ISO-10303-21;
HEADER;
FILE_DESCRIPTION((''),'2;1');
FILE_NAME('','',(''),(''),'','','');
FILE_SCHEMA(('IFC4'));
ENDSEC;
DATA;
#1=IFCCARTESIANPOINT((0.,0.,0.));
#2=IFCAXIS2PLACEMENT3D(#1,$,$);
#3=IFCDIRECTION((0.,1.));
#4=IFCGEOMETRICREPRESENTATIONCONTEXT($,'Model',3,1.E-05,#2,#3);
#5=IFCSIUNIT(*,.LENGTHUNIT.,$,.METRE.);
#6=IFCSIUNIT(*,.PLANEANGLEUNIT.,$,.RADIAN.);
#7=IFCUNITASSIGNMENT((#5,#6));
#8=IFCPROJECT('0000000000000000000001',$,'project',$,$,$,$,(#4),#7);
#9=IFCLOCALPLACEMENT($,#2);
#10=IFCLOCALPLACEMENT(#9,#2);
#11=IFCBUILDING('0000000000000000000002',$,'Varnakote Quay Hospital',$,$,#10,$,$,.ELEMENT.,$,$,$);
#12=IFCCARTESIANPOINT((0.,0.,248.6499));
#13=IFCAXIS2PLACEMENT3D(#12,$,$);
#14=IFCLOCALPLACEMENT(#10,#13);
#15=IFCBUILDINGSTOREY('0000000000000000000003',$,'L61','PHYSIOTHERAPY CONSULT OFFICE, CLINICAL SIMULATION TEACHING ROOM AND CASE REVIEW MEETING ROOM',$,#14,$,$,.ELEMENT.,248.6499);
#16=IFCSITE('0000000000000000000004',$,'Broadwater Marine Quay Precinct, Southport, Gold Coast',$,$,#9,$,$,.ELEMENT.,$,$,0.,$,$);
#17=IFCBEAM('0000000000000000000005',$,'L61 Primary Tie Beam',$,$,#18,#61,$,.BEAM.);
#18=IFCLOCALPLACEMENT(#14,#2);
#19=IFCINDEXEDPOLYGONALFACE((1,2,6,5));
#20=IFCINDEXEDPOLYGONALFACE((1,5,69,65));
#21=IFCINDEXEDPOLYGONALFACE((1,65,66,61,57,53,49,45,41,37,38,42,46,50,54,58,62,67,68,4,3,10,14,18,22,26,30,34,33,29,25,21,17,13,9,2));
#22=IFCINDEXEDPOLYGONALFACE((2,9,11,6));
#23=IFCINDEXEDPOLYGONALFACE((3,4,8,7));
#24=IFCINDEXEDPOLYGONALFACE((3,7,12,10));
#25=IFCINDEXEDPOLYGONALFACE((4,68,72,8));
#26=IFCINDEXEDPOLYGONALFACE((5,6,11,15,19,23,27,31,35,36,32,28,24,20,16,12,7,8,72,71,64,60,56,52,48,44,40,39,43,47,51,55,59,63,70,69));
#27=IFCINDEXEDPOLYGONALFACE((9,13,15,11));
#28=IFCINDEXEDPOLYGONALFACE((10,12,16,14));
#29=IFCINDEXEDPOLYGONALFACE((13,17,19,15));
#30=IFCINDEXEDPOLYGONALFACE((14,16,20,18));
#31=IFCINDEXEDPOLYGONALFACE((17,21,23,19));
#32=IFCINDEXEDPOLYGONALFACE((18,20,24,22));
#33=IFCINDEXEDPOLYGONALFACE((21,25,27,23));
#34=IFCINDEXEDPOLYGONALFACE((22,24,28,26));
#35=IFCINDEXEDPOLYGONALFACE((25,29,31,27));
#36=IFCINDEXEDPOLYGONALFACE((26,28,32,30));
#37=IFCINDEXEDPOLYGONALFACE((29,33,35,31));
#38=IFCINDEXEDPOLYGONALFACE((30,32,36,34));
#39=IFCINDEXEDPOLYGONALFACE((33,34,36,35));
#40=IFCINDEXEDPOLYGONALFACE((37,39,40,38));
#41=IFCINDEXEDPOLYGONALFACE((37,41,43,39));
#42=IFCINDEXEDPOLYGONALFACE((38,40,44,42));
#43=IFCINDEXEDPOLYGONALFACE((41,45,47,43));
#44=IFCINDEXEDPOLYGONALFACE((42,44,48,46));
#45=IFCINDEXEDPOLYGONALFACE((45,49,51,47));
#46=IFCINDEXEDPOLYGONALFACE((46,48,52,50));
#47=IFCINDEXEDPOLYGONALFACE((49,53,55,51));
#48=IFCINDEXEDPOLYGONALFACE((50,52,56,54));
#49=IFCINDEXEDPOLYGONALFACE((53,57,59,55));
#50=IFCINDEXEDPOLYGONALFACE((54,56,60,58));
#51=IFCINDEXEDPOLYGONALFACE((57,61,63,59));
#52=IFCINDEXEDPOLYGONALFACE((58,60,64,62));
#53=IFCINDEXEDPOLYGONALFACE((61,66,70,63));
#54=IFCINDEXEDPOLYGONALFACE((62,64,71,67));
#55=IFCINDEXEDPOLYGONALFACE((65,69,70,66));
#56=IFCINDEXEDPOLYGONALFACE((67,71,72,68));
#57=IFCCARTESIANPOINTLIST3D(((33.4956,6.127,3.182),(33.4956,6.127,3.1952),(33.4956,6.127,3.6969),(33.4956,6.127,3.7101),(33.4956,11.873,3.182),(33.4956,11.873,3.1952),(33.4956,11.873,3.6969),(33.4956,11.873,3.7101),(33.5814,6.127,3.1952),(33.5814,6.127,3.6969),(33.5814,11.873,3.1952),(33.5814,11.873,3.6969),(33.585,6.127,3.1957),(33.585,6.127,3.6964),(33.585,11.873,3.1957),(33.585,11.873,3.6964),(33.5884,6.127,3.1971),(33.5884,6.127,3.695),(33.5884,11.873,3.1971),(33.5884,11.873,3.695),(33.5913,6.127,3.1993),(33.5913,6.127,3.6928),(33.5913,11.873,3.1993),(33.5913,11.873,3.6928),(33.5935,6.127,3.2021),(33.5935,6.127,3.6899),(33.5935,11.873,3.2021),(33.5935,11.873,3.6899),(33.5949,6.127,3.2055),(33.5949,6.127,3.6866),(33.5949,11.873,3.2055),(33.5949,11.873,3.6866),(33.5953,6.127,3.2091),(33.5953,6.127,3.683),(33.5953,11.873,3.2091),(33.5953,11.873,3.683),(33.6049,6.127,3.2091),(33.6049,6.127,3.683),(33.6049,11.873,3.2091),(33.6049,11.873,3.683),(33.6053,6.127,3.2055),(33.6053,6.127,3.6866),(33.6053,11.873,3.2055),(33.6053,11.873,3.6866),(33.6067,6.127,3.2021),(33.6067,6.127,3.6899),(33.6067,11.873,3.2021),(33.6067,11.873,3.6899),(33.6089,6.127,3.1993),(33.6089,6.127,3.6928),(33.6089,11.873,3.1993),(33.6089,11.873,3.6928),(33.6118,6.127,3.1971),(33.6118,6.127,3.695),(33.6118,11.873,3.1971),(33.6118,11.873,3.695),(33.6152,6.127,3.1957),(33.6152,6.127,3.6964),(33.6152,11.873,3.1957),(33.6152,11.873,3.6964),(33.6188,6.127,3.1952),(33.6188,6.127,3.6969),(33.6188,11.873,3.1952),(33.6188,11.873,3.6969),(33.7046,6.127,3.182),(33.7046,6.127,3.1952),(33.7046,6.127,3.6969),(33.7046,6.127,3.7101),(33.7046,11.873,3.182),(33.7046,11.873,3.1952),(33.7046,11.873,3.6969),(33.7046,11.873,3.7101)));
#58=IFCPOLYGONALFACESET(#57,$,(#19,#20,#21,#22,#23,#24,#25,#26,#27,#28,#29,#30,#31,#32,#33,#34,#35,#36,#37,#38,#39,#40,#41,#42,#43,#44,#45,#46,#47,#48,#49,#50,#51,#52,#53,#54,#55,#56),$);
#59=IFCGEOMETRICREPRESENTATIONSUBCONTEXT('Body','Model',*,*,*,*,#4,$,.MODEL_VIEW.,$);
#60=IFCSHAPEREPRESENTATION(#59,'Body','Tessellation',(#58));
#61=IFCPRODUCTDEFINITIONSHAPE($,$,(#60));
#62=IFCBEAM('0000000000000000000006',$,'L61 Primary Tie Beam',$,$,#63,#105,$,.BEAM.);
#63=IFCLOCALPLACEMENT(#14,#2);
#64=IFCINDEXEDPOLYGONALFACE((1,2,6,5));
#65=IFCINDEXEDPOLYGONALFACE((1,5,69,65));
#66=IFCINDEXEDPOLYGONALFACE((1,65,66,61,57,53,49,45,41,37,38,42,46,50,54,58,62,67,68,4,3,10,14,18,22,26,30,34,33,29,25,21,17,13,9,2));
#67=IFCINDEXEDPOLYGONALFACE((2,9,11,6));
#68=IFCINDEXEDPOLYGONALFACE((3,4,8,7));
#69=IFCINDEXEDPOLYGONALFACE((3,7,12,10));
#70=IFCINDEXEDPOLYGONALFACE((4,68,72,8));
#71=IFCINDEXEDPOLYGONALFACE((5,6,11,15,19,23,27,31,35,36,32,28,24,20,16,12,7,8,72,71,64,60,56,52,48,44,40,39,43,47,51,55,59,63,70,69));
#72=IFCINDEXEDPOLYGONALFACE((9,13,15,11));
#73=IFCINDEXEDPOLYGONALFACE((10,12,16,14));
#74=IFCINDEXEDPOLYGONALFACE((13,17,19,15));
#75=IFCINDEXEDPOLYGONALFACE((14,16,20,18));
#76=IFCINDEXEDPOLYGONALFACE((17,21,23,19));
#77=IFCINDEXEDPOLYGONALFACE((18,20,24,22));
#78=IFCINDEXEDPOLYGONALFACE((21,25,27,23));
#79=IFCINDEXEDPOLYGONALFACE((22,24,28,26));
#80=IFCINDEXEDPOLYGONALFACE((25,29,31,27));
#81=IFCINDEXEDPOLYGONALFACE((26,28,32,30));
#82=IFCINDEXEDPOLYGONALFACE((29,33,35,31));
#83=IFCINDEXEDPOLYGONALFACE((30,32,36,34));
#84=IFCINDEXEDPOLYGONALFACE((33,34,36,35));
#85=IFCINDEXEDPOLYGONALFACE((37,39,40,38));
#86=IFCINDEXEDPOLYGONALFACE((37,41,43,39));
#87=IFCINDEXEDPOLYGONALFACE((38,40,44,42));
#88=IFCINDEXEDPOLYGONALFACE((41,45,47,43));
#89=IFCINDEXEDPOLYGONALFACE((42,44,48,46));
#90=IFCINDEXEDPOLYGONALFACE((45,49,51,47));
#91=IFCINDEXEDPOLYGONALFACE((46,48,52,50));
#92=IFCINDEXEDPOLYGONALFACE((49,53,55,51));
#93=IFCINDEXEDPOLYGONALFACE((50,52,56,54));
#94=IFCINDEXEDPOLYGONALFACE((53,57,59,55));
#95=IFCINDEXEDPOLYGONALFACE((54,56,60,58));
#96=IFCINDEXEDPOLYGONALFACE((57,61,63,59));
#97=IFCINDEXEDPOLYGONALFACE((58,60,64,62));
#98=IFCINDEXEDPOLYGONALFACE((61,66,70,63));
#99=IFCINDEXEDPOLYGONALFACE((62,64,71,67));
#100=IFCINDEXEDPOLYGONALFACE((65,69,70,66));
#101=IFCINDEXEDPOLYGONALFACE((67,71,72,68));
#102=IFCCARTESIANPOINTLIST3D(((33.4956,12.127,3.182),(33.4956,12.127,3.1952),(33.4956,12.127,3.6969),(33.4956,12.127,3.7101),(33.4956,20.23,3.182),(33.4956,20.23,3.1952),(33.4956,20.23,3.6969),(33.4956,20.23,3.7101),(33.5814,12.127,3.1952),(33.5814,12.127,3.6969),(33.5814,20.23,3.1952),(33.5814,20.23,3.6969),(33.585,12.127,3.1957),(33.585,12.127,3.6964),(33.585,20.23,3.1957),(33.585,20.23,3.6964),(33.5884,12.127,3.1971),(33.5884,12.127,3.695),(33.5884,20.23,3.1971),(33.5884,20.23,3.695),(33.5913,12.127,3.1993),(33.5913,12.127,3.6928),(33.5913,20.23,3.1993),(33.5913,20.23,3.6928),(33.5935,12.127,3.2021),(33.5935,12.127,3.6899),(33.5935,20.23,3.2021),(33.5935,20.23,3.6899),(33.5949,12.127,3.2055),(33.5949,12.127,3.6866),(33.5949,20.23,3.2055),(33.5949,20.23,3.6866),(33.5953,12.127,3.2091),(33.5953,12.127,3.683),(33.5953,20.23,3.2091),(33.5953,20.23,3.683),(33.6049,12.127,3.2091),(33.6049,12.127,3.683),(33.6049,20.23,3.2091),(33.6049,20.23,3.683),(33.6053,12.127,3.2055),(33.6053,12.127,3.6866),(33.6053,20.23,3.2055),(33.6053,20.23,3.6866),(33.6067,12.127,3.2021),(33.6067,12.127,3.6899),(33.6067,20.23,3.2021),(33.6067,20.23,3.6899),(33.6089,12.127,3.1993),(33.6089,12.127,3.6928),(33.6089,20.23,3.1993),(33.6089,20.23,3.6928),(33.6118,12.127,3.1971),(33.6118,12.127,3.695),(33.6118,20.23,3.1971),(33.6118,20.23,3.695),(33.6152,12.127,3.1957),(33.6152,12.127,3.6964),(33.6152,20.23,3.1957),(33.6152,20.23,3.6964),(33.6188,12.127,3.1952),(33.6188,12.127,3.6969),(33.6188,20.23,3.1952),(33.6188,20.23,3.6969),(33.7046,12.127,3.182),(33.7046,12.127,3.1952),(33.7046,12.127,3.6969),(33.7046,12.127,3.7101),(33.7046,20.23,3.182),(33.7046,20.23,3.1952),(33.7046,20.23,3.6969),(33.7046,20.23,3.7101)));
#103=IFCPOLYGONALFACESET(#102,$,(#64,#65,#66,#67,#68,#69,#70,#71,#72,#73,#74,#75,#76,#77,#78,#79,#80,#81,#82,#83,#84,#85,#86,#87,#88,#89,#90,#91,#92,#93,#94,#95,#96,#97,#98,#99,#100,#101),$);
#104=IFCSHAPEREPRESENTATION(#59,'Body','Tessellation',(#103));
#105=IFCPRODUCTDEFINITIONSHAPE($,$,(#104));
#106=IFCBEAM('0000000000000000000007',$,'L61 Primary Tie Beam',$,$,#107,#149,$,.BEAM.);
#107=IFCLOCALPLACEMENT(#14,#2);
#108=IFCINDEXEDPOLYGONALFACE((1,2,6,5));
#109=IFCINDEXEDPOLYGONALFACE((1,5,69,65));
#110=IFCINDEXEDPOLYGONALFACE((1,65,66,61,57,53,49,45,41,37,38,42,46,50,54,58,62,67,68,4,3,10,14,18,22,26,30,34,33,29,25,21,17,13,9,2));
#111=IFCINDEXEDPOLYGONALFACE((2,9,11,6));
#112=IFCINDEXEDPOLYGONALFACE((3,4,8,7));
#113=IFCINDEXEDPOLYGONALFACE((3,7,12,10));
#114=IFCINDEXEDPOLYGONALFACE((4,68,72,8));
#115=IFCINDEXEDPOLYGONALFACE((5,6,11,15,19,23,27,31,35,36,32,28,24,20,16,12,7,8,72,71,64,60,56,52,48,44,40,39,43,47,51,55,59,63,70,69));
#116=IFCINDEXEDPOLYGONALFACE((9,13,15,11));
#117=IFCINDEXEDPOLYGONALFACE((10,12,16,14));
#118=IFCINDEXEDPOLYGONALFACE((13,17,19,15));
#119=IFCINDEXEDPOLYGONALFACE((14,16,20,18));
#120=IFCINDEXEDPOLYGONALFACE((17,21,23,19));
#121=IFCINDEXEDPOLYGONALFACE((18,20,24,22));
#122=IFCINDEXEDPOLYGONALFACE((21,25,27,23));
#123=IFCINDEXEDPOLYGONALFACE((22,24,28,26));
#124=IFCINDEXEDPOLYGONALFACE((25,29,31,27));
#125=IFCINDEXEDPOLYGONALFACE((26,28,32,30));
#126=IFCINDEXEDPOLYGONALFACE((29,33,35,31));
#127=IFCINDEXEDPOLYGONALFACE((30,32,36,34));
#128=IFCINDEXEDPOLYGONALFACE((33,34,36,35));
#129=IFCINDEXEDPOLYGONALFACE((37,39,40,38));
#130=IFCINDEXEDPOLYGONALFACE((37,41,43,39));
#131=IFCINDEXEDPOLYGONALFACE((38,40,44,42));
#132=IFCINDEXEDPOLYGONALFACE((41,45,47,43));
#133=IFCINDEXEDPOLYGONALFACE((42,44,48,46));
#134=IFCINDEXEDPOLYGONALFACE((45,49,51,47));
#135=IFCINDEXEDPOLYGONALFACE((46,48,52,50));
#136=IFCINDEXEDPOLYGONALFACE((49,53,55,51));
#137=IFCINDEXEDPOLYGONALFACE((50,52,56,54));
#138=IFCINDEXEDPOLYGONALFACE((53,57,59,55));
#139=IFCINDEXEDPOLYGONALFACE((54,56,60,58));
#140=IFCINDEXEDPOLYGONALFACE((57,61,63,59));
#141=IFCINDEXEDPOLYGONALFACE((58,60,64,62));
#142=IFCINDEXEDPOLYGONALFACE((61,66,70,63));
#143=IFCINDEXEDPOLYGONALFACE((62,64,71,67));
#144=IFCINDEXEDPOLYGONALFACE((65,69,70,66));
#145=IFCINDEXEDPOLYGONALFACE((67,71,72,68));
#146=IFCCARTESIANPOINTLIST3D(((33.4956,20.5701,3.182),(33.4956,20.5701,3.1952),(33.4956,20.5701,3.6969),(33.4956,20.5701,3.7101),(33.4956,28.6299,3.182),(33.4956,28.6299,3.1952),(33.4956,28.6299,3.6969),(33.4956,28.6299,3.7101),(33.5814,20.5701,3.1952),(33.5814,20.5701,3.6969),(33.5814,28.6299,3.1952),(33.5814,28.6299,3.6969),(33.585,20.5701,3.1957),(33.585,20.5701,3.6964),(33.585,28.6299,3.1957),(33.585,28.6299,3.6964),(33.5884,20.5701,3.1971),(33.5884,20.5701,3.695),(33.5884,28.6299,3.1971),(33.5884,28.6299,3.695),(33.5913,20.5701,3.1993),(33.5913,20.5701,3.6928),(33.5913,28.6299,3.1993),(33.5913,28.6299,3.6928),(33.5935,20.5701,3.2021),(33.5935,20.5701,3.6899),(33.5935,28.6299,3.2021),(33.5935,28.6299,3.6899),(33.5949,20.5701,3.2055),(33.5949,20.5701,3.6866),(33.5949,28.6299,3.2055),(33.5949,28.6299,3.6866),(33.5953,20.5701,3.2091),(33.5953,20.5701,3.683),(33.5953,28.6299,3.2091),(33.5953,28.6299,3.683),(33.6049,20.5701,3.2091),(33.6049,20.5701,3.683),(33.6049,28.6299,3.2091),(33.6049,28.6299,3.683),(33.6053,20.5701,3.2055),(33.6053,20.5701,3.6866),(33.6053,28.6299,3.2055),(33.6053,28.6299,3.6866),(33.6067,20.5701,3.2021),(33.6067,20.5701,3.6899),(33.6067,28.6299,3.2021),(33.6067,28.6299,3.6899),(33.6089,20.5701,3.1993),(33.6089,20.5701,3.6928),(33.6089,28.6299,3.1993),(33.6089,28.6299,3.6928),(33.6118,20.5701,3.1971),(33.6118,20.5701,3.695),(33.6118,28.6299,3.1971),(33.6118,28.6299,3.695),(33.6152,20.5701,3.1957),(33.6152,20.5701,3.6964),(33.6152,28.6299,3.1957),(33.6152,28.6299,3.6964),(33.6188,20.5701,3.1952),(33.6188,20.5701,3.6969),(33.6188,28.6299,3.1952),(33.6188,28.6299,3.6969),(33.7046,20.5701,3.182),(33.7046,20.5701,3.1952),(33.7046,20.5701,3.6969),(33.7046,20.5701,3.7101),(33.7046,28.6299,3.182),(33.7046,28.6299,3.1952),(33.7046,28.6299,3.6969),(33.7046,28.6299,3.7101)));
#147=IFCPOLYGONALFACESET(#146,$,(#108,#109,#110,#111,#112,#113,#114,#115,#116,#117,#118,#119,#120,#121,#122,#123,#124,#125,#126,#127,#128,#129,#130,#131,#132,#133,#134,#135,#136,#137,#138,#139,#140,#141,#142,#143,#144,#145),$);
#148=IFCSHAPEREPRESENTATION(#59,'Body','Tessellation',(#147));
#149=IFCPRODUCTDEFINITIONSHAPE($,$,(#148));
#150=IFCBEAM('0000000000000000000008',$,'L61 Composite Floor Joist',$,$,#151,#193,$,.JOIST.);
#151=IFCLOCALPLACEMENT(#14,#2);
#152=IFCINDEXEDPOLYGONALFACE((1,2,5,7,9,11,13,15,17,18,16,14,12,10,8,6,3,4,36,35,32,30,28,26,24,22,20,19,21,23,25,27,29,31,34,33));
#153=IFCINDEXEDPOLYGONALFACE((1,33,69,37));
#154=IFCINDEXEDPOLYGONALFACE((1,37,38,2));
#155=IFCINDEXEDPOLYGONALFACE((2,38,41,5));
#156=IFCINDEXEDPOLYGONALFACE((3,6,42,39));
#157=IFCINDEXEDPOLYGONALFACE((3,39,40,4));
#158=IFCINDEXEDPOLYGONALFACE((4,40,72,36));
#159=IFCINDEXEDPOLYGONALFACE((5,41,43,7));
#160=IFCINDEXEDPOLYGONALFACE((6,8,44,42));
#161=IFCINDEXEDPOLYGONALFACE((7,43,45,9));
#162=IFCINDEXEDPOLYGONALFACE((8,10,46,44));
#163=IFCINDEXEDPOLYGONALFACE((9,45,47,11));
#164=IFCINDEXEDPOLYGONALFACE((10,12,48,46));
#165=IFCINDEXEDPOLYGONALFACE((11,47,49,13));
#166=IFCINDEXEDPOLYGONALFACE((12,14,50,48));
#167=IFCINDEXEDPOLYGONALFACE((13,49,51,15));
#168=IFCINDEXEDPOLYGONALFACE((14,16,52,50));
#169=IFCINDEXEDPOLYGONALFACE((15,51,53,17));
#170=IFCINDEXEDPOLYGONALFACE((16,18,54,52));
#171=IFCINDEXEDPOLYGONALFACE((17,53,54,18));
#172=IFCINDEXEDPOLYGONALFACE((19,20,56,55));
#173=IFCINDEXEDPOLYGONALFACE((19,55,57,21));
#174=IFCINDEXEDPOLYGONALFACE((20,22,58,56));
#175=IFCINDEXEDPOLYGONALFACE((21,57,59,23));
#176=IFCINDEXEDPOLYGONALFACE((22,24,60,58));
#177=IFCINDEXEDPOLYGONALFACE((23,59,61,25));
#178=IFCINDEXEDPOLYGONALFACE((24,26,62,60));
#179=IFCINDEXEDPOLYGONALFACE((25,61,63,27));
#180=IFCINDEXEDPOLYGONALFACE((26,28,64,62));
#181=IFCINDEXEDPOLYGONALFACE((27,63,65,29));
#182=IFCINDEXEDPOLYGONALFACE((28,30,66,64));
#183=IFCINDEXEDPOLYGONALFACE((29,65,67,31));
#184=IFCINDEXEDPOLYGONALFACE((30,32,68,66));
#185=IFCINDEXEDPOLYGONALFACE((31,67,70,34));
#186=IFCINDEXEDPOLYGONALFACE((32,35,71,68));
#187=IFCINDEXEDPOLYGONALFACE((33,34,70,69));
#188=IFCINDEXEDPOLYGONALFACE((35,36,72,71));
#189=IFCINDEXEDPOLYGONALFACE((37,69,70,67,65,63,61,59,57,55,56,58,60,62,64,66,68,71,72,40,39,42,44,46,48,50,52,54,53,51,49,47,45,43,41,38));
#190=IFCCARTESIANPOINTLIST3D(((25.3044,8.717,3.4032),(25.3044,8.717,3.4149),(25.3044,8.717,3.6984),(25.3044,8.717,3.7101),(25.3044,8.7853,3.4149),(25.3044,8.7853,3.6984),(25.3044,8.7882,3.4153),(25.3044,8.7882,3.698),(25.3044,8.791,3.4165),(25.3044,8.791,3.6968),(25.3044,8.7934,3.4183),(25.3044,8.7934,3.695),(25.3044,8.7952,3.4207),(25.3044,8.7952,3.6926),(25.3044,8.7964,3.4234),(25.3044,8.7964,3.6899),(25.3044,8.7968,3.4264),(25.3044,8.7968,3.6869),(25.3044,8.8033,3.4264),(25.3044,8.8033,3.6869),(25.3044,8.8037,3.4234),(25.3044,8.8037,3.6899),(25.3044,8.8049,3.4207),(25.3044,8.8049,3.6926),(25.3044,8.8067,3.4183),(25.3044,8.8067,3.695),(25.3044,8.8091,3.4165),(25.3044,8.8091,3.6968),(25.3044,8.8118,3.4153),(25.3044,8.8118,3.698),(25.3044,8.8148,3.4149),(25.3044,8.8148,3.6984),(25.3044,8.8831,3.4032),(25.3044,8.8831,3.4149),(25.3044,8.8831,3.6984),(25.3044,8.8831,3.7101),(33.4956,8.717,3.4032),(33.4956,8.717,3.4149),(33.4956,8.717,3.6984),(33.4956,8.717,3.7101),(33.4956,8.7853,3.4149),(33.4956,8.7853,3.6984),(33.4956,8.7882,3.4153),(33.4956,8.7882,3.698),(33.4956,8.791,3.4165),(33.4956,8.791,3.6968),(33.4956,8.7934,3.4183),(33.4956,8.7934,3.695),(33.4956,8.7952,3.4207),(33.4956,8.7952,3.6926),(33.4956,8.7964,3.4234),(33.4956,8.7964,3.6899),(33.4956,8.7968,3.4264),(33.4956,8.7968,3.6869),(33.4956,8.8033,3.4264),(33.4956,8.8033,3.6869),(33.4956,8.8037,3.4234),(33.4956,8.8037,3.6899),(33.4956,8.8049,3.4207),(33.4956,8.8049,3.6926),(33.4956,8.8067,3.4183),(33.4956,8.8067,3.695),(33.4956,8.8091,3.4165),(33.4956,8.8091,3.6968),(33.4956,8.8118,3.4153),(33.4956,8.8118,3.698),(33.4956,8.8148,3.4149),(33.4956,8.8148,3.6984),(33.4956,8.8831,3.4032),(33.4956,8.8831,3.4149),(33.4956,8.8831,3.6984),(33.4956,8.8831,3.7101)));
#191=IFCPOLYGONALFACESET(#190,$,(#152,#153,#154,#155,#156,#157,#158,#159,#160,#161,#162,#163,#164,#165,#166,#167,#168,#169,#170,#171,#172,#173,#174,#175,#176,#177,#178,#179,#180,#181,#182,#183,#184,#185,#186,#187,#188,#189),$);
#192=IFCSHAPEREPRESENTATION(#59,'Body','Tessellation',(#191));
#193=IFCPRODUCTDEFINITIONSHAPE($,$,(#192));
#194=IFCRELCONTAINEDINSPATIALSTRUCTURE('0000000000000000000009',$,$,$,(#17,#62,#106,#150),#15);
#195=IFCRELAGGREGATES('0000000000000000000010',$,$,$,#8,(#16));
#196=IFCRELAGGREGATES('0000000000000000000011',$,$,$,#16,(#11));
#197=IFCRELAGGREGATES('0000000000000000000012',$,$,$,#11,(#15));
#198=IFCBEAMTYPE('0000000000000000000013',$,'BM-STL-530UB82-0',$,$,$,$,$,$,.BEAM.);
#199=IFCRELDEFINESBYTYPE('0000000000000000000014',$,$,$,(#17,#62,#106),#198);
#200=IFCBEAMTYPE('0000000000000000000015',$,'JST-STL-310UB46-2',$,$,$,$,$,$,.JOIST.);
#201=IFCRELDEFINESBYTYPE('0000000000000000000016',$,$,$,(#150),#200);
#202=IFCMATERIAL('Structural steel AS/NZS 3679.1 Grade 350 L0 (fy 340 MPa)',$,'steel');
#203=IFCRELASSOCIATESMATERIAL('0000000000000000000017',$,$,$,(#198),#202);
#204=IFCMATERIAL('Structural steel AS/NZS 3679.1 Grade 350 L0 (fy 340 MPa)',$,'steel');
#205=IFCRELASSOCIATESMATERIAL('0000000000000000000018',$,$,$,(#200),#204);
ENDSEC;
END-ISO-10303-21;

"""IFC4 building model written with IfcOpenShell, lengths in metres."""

from ifc_helpers import new_model, si_unit, direction, frame, origin, origin_2d, place, context, subcontext, project, spatial, i_section, extrude, material, material_profile, profile_set, type_object, element, save


model = new_model("IFC4")

# Units and contexts
model_context = context("Model", 3, precision=1e-05, world=origin(), true_north=direction((0.0, 1.0)))
body_context = subcontext(model_context, "Body", "Model", "MODEL_VIEW")
ifc_project = project(units=[si_unit("LENGTHUNIT", "METRE"), si_unit("PLANEANGLEUNIT", "RADIAN")], contexts=[model_context])

# Site, building, storey
site_placement = place(None, origin())
site = spatial("IfcSite", under=ifc_project, at=site_placement, Name="Broadwater Marine Quay Precinct, Southport, Gold Coast", CompositionType="ELEMENT", RefElevation=0.0)
building_placement = place(site_placement, origin())
building = spatial("IfcBuilding", under=site, at=building_placement, Name="Varnakote Quay Hospital", CompositionType="ELEMENT")
storey_placement = place(building_placement, frame((0.0, 0.0, 248.6499)))
storey = spatial("IfcBuildingStorey", under=building, at=storey_placement, Name="L61", Description="PHYSIOTHERAPY CONSULT OFFICE, CLINICAL SIMULATION TEACHING ROOM AND CASE REVIEW MEETING ROOM", CompositionType="ELEMENT", Elevation=248.6499)

# Beams
ifc_material_1 = material(Name="Structural steel AS/NZS 3679.1 Grade 350 L0 (fy 340 MPa)", Category="steel")
ifc_material_profile_1 = material_profile(ifc_material_1, i_section(OverallWidth=0.209, OverallDepth=0.5281, WebThickness=0.0095, FlangeThickness=0.0132, FilletRadius=0.0139, at=origin_2d()), Name="530UB82.0")
ifc_profile_set_1 = profile_set([ifc_material_profile_1], Name="Structural steel AS/NZS 3679.1 Grade 350 L0 (fy 340 MPa)")
beam_type_1 = type_object("IfcBeamType", Name="BM-STL-530UB82-0", PredefinedType="BEAM", material=ifc_profile_set_1)
beam_1_placement = place(storey_placement, frame((33.6001, 6.127, 3.446), z_axis=(0.0, 1.0, 0.0), x_axis=(-1.0, 0.0, 0.0)))
element("IfcBeam", 1, at=beam_1_placement, inside=storey, type_object=beam_type_1, Name="L61 Primary Tie Beam", PredefinedType="BEAM", context=body_context, shape_type="SweptSolid", body=[
    extrude(i_section(OverallWidth=0.209, OverallDepth=0.5281, WebThickness=0.0095, FlangeThickness=0.0132, FilletRadius=0.0139, at=origin_2d()), origin(), (0.0, 0.0, 1.0), 5.7461),
])
beam_2_placement = place(storey_placement, frame((33.6001, 12.127, 3.446), z_axis=(0.0, 1.0, 0.0), x_axis=(-1.0, 0.0, 0.0)))
element("IfcBeam", 2, at=beam_2_placement, inside=storey, type_object=beam_type_1, Name="L61 Primary Tie Beam", PredefinedType="BEAM", context=body_context, shape_type="SweptSolid", body=[
    extrude(i_section(OverallWidth=0.209, OverallDepth=0.5281, WebThickness=0.0095, FlangeThickness=0.0132, FilletRadius=0.0139, at=origin_2d()), origin(), (0.0, 0.0, 1.0), 8.103),
])
beam_3_placement = place(storey_placement, frame((33.6001, 20.5701, 3.446), z_axis=(0.0, 1.0, 0.0), x_axis=(-1.0, 0.0, 0.0)))
element("IfcBeam", 3, at=beam_3_placement, inside=storey, type_object=beam_type_1, Name="L61 Primary Tie Beam", PredefinedType="BEAM", context=body_context, shape_type="SweptSolid", body=[
    extrude(i_section(OverallWidth=0.209, OverallDepth=0.5281, WebThickness=0.0095, FlangeThickness=0.0132, FilletRadius=0.0139, at=origin_2d()), origin(), (0.0, 0.0, 1.0), 8.0598),
])
ifc_material_2 = material(Name="Structural steel AS/NZS 3679.1 Grade 350 L0 (fy 340 MPa)", Category="steel")
ifc_material_profile_2 = material_profile(ifc_material_2, i_section(OverallWidth=0.166, OverallDepth=0.3069, WebThickness=0.0066, FlangeThickness=0.0117, FilletRadius=0.0115, at=origin_2d()), Name="310UB46.2")
ifc_profile_set_2 = profile_set([ifc_material_profile_2], Name="Structural steel AS/NZS 3679.1 Grade 350 L0 (fy 340 MPa)")
beam_type_2 = type_object("IfcBeamType", Name="JST-STL-310UB46-2", PredefinedType="JOIST", material=ifc_profile_set_2)
beam_4_placement = place(storey_placement, frame((25.3044, 8.8, 3.5566), z_axis=(1.0, 0.0, 0.0), x_axis=(0.0, 1.0, 0.0)))
element("IfcBeam", 4, at=beam_4_placement, inside=storey, type_object=beam_type_2, Name="L61 Composite Floor Joist", PredefinedType="JOIST", context=body_context, shape_type="SweptSolid", body=[
    extrude(i_section(OverallWidth=0.166, OverallDepth=0.3069, WebThickness=0.0066, FlangeThickness=0.0117, FilletRadius=0.0115, at=origin_2d()), origin(), (0.0, 0.0, 1.0), 8.1912),
])

save(model, "model.ifc")
